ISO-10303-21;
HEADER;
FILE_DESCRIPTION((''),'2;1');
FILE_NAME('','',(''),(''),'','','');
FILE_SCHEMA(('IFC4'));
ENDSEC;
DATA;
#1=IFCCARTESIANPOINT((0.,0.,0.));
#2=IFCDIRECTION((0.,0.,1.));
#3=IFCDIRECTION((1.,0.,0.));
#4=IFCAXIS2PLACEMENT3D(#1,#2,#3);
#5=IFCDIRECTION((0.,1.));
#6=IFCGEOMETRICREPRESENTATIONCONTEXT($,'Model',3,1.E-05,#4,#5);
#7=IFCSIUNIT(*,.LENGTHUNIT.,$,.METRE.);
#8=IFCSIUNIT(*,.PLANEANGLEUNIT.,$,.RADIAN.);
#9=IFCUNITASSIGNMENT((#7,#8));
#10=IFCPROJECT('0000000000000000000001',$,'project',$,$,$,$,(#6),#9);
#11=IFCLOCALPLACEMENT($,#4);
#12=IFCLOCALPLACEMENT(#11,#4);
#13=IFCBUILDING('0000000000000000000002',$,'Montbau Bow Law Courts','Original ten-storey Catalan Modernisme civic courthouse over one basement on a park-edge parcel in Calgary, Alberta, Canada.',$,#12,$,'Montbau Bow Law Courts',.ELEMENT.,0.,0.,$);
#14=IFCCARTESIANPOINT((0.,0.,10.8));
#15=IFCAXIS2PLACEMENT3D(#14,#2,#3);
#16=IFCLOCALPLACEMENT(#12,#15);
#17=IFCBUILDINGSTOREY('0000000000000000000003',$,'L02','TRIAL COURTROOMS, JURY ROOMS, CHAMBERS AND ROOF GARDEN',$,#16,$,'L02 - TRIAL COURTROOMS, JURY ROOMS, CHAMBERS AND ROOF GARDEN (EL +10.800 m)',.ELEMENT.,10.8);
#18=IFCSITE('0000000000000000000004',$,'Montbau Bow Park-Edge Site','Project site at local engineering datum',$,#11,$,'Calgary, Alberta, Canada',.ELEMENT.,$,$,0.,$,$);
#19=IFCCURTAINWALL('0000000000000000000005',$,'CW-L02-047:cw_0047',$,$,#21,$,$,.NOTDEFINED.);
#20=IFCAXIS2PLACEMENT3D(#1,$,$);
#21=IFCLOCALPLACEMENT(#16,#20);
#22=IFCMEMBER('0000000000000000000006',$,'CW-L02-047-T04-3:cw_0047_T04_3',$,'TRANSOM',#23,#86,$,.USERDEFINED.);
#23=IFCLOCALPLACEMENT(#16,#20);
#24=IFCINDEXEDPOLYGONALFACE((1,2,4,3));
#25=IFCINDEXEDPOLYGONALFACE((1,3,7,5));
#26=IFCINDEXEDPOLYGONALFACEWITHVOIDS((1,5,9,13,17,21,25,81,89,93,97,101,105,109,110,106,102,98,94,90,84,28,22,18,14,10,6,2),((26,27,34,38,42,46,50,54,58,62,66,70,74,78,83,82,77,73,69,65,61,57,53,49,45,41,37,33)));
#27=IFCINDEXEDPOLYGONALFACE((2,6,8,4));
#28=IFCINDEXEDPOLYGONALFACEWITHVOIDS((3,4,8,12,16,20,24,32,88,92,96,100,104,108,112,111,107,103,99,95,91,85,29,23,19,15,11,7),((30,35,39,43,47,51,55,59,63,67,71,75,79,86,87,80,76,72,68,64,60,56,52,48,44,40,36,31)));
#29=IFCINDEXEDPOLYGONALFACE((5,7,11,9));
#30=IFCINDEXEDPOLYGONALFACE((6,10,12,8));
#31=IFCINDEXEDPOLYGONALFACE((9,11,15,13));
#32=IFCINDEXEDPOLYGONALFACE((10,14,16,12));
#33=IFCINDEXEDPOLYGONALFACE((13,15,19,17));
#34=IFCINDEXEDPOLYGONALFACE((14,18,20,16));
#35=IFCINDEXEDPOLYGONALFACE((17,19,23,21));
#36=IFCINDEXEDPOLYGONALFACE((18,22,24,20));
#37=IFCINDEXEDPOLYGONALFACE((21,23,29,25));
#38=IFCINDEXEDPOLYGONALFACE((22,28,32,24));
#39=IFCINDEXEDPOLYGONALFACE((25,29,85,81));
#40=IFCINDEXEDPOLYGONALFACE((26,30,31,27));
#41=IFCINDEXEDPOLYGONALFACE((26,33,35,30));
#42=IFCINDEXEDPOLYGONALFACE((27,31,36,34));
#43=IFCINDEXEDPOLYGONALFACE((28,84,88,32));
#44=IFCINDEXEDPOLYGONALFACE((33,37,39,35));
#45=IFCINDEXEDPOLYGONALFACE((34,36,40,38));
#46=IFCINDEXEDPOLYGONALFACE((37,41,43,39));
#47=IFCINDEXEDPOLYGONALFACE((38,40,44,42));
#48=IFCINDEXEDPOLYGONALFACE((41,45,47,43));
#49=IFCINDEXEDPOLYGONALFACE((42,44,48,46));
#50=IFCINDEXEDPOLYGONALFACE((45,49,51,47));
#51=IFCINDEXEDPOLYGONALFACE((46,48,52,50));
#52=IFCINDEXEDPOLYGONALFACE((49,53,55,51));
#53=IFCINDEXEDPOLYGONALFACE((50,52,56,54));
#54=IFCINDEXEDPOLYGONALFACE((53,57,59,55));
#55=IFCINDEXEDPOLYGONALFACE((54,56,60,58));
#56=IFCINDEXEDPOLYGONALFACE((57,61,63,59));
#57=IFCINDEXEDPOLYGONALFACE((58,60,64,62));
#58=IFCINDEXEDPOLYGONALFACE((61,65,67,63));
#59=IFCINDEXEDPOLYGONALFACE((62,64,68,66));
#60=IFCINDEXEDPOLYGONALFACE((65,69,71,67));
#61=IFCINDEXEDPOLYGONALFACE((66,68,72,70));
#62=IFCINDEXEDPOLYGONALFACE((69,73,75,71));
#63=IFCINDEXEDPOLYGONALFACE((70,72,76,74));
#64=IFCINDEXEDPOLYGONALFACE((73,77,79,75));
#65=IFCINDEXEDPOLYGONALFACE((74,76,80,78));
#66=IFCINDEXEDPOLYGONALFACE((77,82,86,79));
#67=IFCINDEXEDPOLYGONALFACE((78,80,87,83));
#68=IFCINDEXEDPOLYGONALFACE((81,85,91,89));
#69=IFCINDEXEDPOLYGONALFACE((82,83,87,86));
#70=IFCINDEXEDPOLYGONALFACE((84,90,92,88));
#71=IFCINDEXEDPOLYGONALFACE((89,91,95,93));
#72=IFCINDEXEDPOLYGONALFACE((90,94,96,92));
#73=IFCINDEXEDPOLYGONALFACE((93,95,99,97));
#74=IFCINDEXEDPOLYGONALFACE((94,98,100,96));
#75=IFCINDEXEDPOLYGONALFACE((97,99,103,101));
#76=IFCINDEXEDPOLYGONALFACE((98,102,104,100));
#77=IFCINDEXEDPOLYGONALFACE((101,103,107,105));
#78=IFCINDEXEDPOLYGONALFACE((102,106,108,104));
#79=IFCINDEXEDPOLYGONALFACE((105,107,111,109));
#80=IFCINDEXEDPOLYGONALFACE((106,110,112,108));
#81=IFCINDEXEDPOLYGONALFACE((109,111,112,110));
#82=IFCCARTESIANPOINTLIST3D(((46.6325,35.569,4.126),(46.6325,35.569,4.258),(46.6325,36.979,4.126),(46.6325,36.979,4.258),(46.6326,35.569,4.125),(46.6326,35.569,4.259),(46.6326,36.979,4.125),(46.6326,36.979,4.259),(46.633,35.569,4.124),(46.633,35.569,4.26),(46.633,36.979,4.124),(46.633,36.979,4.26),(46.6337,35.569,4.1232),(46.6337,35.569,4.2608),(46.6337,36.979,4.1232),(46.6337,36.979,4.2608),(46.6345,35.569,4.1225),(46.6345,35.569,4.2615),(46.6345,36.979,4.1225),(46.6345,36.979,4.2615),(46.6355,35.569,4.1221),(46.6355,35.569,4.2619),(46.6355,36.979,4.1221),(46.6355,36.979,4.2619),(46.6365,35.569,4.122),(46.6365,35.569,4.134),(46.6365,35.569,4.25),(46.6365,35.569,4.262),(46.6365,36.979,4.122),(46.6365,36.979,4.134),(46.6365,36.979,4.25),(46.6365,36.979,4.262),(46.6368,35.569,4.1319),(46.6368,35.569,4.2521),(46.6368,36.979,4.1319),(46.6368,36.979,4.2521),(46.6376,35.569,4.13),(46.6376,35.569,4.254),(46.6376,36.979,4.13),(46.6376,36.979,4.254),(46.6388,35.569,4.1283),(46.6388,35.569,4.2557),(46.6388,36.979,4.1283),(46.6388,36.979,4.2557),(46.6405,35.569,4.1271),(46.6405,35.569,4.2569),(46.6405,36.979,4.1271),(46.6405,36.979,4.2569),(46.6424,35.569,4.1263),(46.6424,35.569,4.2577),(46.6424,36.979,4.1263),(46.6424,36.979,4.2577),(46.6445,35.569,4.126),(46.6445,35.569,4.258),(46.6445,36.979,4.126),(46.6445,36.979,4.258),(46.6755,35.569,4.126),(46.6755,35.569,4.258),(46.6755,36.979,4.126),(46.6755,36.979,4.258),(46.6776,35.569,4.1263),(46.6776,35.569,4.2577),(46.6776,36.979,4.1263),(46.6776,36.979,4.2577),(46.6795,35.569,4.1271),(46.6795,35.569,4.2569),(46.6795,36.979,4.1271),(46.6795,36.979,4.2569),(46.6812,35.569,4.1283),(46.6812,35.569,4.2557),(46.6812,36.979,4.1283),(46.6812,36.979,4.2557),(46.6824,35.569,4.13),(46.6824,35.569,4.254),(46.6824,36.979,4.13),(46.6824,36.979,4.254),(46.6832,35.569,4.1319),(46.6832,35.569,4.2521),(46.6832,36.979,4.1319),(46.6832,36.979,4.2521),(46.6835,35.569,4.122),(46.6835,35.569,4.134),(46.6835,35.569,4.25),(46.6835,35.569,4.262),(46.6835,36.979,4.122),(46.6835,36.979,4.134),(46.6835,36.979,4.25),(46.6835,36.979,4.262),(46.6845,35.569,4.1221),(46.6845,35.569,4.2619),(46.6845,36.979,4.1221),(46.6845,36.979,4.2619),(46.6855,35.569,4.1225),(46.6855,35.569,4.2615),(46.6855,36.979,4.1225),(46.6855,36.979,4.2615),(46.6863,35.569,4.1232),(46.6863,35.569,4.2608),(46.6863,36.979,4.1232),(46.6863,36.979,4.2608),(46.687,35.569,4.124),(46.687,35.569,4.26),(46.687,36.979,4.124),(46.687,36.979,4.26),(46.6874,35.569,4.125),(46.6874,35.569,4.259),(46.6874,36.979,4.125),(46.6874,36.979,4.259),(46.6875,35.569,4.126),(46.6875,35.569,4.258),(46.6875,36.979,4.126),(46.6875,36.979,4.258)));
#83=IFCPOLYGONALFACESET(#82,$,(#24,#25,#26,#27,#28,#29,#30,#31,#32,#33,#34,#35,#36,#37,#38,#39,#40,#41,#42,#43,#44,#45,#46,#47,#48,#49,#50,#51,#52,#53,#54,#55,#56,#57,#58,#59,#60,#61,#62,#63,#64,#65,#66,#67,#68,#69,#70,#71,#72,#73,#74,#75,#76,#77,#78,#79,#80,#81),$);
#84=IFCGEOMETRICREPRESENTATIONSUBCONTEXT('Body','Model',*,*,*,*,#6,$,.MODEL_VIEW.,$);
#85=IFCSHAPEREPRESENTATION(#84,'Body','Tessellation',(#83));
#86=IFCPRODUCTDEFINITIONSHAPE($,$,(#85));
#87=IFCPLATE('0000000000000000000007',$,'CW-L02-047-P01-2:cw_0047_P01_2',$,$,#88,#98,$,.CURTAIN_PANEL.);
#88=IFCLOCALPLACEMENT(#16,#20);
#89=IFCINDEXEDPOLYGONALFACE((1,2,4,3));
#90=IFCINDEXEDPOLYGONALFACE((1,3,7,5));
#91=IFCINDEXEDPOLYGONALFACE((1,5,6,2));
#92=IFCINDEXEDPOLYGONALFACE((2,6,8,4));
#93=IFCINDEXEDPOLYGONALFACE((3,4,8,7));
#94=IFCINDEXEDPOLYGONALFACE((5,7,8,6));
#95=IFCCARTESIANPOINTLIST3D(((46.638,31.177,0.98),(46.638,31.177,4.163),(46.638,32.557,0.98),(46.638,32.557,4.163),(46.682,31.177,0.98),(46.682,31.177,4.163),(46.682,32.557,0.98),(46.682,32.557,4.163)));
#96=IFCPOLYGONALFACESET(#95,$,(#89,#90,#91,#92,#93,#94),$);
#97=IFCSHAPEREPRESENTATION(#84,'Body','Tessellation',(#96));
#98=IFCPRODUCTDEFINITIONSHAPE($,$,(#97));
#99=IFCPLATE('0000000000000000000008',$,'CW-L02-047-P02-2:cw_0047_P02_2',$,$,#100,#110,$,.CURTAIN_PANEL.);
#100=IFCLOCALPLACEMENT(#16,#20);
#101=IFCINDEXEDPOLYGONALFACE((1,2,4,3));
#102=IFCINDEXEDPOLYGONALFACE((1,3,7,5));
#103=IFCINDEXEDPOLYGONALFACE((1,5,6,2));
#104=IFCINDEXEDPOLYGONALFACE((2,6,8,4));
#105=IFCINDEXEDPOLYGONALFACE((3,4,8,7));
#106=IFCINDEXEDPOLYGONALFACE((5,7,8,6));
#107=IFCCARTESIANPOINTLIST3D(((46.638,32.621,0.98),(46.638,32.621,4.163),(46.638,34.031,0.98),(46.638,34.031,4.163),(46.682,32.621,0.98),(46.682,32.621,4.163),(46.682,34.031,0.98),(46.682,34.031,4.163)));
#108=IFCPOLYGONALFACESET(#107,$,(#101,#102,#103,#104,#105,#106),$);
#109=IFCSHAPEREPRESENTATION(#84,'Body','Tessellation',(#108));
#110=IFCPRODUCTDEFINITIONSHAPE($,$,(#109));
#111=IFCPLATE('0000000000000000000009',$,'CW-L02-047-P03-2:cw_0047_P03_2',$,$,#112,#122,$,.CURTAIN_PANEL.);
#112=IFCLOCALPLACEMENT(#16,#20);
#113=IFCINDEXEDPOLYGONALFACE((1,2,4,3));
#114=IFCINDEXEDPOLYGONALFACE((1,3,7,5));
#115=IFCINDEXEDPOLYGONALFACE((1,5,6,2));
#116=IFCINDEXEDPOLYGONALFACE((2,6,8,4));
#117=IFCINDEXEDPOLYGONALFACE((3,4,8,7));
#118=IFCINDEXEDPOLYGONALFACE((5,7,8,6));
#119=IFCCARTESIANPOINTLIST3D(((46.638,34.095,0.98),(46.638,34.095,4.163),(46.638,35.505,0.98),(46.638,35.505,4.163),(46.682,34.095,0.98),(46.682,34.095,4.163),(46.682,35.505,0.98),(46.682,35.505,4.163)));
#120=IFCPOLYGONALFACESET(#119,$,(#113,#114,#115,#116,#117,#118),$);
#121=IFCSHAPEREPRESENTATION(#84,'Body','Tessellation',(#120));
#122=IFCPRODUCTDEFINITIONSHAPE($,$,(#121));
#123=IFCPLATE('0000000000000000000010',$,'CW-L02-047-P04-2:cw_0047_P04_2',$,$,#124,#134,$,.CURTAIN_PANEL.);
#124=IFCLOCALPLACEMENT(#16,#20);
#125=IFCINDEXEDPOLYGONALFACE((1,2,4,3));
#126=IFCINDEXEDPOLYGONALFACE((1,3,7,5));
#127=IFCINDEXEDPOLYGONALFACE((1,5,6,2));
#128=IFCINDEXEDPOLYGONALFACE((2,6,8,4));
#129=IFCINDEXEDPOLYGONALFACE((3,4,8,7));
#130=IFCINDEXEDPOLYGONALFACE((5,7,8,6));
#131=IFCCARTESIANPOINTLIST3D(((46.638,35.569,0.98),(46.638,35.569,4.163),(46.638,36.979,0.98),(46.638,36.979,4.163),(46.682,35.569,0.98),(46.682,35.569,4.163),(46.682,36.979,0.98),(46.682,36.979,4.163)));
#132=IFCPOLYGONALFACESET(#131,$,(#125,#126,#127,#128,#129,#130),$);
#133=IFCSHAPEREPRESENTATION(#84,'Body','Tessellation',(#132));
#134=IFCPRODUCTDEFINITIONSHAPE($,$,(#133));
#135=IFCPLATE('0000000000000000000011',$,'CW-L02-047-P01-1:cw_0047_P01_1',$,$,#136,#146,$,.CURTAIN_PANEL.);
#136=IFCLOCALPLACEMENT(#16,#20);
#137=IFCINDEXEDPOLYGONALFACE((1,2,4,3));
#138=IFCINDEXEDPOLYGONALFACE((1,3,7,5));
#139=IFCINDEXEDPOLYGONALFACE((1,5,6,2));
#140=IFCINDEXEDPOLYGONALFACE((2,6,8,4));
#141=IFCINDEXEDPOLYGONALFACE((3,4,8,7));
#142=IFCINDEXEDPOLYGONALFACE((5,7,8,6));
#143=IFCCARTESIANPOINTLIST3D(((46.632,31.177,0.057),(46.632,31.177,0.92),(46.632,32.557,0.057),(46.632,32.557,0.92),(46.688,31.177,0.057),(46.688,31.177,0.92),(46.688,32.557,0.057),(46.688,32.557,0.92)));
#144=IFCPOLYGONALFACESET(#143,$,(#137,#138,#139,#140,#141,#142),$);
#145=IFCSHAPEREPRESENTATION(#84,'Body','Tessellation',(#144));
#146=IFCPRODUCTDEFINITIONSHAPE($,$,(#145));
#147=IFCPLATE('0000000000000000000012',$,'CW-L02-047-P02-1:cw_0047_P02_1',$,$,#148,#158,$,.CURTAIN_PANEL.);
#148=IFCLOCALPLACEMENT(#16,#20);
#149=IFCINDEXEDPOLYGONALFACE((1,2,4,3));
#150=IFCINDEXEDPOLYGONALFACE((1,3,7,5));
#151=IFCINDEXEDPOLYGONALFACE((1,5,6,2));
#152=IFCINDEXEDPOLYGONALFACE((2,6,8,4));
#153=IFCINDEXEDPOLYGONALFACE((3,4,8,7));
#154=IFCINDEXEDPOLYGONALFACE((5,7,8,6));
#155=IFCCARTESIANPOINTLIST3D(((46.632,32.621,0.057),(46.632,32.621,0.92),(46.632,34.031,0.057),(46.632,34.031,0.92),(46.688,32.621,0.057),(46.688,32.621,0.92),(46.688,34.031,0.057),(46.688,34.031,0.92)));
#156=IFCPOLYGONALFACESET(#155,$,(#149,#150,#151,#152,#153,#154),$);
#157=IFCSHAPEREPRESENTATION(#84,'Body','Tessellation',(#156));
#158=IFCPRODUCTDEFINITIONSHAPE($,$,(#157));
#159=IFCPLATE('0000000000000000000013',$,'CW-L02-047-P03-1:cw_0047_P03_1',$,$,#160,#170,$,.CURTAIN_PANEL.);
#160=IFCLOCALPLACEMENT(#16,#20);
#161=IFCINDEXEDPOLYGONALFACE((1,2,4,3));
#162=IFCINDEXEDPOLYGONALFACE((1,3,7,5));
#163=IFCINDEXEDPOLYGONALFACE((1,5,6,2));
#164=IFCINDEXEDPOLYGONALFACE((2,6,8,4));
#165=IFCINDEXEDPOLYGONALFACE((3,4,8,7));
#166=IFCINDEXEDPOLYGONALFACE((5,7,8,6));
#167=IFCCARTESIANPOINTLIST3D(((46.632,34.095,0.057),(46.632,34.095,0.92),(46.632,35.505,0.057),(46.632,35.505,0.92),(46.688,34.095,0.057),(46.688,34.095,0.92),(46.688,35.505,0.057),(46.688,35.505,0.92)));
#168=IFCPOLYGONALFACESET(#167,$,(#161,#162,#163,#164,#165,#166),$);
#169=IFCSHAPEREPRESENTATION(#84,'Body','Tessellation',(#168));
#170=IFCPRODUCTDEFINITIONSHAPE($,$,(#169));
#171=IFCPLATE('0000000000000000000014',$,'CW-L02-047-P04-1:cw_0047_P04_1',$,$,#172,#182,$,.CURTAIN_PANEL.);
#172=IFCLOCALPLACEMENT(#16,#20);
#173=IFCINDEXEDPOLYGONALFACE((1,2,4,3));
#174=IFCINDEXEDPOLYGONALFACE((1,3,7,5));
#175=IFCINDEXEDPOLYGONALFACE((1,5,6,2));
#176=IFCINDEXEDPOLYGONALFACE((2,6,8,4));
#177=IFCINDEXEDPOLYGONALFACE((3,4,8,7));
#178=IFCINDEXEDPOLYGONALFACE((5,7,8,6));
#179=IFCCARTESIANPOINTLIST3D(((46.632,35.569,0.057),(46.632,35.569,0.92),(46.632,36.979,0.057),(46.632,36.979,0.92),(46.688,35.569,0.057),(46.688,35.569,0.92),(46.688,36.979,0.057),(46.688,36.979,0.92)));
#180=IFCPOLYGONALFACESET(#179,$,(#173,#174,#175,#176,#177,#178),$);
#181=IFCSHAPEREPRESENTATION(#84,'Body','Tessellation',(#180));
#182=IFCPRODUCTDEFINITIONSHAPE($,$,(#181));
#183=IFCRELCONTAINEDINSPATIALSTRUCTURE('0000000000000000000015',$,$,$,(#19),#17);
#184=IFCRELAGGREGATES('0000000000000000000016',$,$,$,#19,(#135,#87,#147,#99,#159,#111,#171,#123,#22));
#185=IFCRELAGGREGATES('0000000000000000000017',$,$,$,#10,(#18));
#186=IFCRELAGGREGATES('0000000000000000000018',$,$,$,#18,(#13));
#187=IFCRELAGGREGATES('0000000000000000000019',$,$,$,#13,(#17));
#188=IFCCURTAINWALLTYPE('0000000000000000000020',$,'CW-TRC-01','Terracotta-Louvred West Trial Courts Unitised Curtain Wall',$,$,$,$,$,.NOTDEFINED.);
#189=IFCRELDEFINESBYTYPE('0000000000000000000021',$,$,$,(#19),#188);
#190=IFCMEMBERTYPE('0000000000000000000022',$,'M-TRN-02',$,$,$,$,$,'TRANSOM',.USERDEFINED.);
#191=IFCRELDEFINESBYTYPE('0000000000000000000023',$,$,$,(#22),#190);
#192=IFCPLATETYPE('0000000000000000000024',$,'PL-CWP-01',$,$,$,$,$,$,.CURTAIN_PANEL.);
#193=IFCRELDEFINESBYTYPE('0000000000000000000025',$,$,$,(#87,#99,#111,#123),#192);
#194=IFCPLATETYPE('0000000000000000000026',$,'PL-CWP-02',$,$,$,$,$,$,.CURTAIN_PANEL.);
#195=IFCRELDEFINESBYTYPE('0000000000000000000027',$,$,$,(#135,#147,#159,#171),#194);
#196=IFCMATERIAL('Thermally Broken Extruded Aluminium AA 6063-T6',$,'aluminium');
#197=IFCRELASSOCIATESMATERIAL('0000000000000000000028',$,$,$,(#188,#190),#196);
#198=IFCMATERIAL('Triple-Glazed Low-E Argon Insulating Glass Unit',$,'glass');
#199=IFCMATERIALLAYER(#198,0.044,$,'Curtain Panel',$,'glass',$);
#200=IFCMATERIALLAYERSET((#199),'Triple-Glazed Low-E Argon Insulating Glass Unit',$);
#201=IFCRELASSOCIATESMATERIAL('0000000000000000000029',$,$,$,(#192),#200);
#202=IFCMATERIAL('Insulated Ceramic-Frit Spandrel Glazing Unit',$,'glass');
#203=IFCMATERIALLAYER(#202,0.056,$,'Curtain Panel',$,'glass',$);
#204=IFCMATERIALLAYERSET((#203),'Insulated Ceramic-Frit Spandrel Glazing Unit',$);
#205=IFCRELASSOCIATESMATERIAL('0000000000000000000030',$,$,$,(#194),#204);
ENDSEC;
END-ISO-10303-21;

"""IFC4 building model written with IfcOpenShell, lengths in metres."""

from ifc_helpers import new_model, si_unit, direction, frame, frame_2d, origin_with_axes, origin_2d_with_axis, place, context, subcontext, project, spatial, rectangle, hollow_rectangle, extrude, material, layer, layer_set, material_profile, profile_set, type_object, element, aggregate, save


model = new_model("IFC4")

# Units and contexts
model_context = context("Model", 3, precision=1e-05, world=origin_with_axes(), true_north=direction((0.0, 1.0)))
body_context = subcontext(model_context, "Body", "Model", "MODEL_VIEW")
ifc_project = project(units=[si_unit("LENGTHUNIT", "METRE"), si_unit("PLANEANGLEUNIT", "RADIAN")], contexts=[model_context])

# Site, building, storey
site_placement = place(None, origin_with_axes())
site = spatial("IfcSite", under=ifc_project, at=site_placement, Name="Montbau Bow Park-Edge Site", Description="Project site at local engineering datum", LongName="Calgary, Alberta, Canada", CompositionType="ELEMENT", RefElevation=0.0)
building_placement = place(site_placement, origin_with_axes())
building = spatial("IfcBuilding", under=site, at=building_placement, Name="Montbau Bow Law Courts", Description="Original ten-storey Catalan Modernisme civic courthouse over one basement on a park-edge parcel in Calgary, Alberta, Canada.", LongName="Montbau Bow Law Courts", CompositionType="ELEMENT", ElevationOfRefHeight=0.0, ElevationOfTerrain=0.0)
storey_placement = place(building_placement, frame((0.0, 0.0, 10.8), z_axis=(0.0, 0.0, 1.0), x_axis=(1.0, 0.0, 0.0)))
storey = spatial("IfcBuildingStorey", under=building, at=storey_placement, Name="L02", Description="TRIAL COURTROOMS, JURY ROOMS, CHAMBERS AND ROOF GARDEN", LongName="L02 - TRIAL COURTROOMS, JURY ROOMS, CHAMBERS AND ROOF GARDEN (EL +10.800 m)", CompositionType="ELEMENT", Elevation=10.8)

# Shared definitions
ifc_material_1 = material(Name="Thermally Broken Extruded Aluminium AA 6063-T6", Category="aluminium")
curtain_wall_type = type_object("IfcCurtainWallType", Name="CW-TRC-01", Description="Terracotta-Louvred West Trial Courts Unitised Curtain Wall", PredefinedType="NOTDEFINED", material=ifc_material_1)

# Curtain wall, member, plates
curtain_wall_1_placement = place(None, frame((46.66, 31.115, 10.8), z_axis=(0.0, 0.0, 1.0), x_axis=(1.0, 0.0, 0.0)))
curtain_wall_1 = element("IfcCurtainWall", 1, at=curtain_wall_1_placement, inside=storey, type_object=curtain_wall_type, Name="CW-L02-047:cw_0047", PredefinedType="NOTDEFINED")
ifc_material_profile_1 = material_profile(ifc_material_1, hollow_rectangle(XDim=0.055, YDim=0.14, WallThickness=0.004, InnerFilletRadius=0.008, OuterFilletRadius=0.004, at=origin_2d_with_axis()), Name="CWT-140X55", Category="Main", Priority=0)
ifc_profile_set_1 = profile_set([ifc_material_profile_1], Name="Thermally Broken Extruded Aluminium AA 6063-T6")
member_type_1 = type_object("IfcMemberType", Name="M-TRN-02", ElementType="TRANSOM", PredefinedType="USERDEFINED", material=ifc_profile_set_1)
member_1_placement = place(None, frame((46.66, 35.569, 14.992), z_axis=(0.0, 1.0, 0.0), x_axis=(-1.0, 0.0, 0.0)))
member_1 = element("IfcMember", 2, at=member_1_placement, type_object=member_type_1, Name="CW-L02-047-T04-3:cw_0047_T04_3", ObjectType="TRANSOM", PredefinedType="USERDEFINED", context=body_context, shape_type="SweptSolid", body=[
    extrude(hollow_rectangle(XDim=0.055, YDim=0.14, WallThickness=0.004, InnerFilletRadius=0.008, OuterFilletRadius=0.004, at=origin_2d_with_axis()), origin_with_axes(), (0.0, 0.0, 1.0), 1.41),
])
ifc_material_2 = material(Name="Triple-Glazed Low-E Argon Insulating Glass Unit", Category="glass")
ifc_layer_1 = layer(ifc_material_2, 0.044, Name="Curtain Panel", Category="glass")
ifc_layer_set_1 = layer_set([ifc_layer_1], Name="Triple-Glazed Low-E Argon Insulating Glass Unit")
plate_type_1 = type_object("IfcPlateType", Name="PL-CWP-01", PredefinedType="CURTAIN_PANEL", material=ifc_layer_set_1)
plate_1_placement = place(None, frame((46.66, 31.177, 11.78), z_axis=(1.0, 0.0, 0.0), x_axis=(0.0, 1.0, 0.0)))
plate_1 = element("IfcPlate", 3, at=plate_1_placement, type_object=plate_type_1, Name="CW-L02-047-P01-2:cw_0047_P01_2", PredefinedType="CURTAIN_PANEL", context=body_context, shape_type="SweptSolid", body=[
    extrude(rectangle(XDim=1.38, YDim=3.183, at=frame_2d((0.69, 1.5915), x_axis=(1.0, 0.0))), frame((0.0, 0.0, -0.022), z_axis=(0.0, 0.0, 1.0), x_axis=(1.0, 0.0, 0.0)), (0.0, 0.0, 1.0), 0.044),
])
plate_2_placement = place(None, frame((46.66, 32.621, 11.78), z_axis=(1.0, 0.0, 0.0), x_axis=(0.0, 1.0, 0.0)))
plate_2 = element("IfcPlate", 4, at=plate_2_placement, type_object=plate_type_1, Name="CW-L02-047-P02-2:cw_0047_P02_2", PredefinedType="CURTAIN_PANEL", context=body_context, shape_type="SweptSolid", body=[
    extrude(rectangle(XDim=1.41, YDim=3.183, at=frame_2d((0.705, 1.5915), x_axis=(1.0, 0.0))), frame((0.0, 0.0, -0.022), z_axis=(0.0, 0.0, 1.0), x_axis=(1.0, 0.0, 0.0)), (0.0, 0.0, 1.0), 0.044),
])
plate_3_placement = place(None, frame((46.66, 34.095, 11.78), z_axis=(1.0, 0.0, 0.0), x_axis=(0.0, 1.0, 0.0)))
plate_3 = element("IfcPlate", 5, at=plate_3_placement, type_object=plate_type_1, Name="CW-L02-047-P03-2:cw_0047_P03_2", PredefinedType="CURTAIN_PANEL", context=body_context, shape_type="SweptSolid", body=[
    extrude(rectangle(XDim=1.41, YDim=3.183, at=frame_2d((0.705, 1.5915), x_axis=(1.0, 0.0))), frame((0.0, 0.0, -0.022), z_axis=(0.0, 0.0, 1.0), x_axis=(1.0, 0.0, 0.0)), (0.0, 0.0, 1.0), 0.044),
])
plate_4_placement = place(None, frame((46.66, 35.569, 11.78), z_axis=(1.0, 0.0, 0.0), x_axis=(0.0, 1.0, 0.0)))
plate_4 = element("IfcPlate", 6, at=plate_4_placement, type_object=plate_type_1, Name="CW-L02-047-P04-2:cw_0047_P04_2", PredefinedType="CURTAIN_PANEL", context=body_context, shape_type="SweptSolid", body=[
    extrude(rectangle(XDim=1.41, YDim=3.183, at=frame_2d((0.705, 1.5915), x_axis=(1.0, 0.0))), frame((0.0, 0.0, -0.022), z_axis=(0.0, 0.0, 1.0), x_axis=(1.0, 0.0, 0.0)), (0.0, 0.0, 1.0), 0.044),
])
ifc_material_3 = material(Name="Insulated Ceramic-Frit Spandrel Glazing Unit", Category="glass")
ifc_layer_2 = layer(ifc_material_3, 0.056, Name="Curtain Panel", Category="glass")
ifc_layer_set_2 = layer_set([ifc_layer_2], Name="Insulated Ceramic-Frit Spandrel Glazing Unit")
plate_type_2 = type_object("IfcPlateType", Name="PL-CWP-02", PredefinedType="CURTAIN_PANEL", material=ifc_layer_set_2)
plate_5_placement = place(None, frame((46.66, 31.177, 10.857), z_axis=(1.0, 0.0, 0.0), x_axis=(0.0, 1.0, 0.0)))
plate_5 = element("IfcPlate", 7, at=plate_5_placement, type_object=plate_type_2, Name="CW-L02-047-P01-1:cw_0047_P01_1", PredefinedType="CURTAIN_PANEL", context=body_context, shape_type="SweptSolid", body=[
    extrude(rectangle(XDim=1.38, YDim=0.863, at=frame_2d((0.69, 0.4315), x_axis=(1.0, 0.0))), frame((0.0, 0.0, -0.028), z_axis=(0.0, 0.0, 1.0), x_axis=(1.0, 0.0, 0.0)), (0.0, 0.0, 1.0), 0.056),
])
plate_6_placement = place(None, frame((46.66, 32.621, 10.857), z_axis=(1.0, 0.0, 0.0), x_axis=(0.0, 1.0, 0.0)))
plate_6 = element("IfcPlate", 8, at=plate_6_placement, type_object=plate_type_2, Name="CW-L02-047-P02-1:cw_0047_P02_1", PredefinedType="CURTAIN_PANEL", context=body_context, shape_type="SweptSolid", body=[
    extrude(rectangle(XDim=1.41, YDim=0.863, at=frame_2d((0.705, 0.4315), x_axis=(1.0, 0.0))), frame((0.0, 0.0, -0.028), z_axis=(0.0, 0.0, 1.0), x_axis=(1.0, 0.0, 0.0)), (0.0, 0.0, 1.0), 0.056),
])
plate_7_placement = place(None, frame((46.66, 34.095, 10.857), z_axis=(1.0, 0.0, 0.0), x_axis=(0.0, 1.0, 0.0)))
plate_7 = element("IfcPlate", 9, at=plate_7_placement, type_object=plate_type_2, Name="CW-L02-047-P03-1:cw_0047_P03_1", PredefinedType="CURTAIN_PANEL", context=body_context, shape_type="SweptSolid", body=[
    extrude(rectangle(XDim=1.41, YDim=0.863, at=frame_2d((0.705, 0.4315), x_axis=(1.0, 0.0))), frame((0.0, 0.0, -0.028), z_axis=(0.0, 0.0, 1.0), x_axis=(1.0, 0.0, 0.0)), (0.0, 0.0, 1.0), 0.056),
])
plate_8_placement = place(None, frame((46.66, 35.569, 10.857), z_axis=(1.0, 0.0, 0.0), x_axis=(0.0, 1.0, 0.0)))
plate_8 = element("IfcPlate", 10, at=plate_8_placement, type_object=plate_type_2, Name="CW-L02-047-P04-1:cw_0047_P04_1", PredefinedType="CURTAIN_PANEL", context=body_context, shape_type="SweptSolid", body=[
    extrude(rectangle(XDim=1.41, YDim=0.863, at=frame_2d((0.705, 0.4315), x_axis=(1.0, 0.0))), frame((0.0, 0.0, -0.028), z_axis=(0.0, 0.0, 1.0), x_axis=(1.0, 0.0, 0.0)), (0.0, 0.0, 1.0), 0.056),
])
aggregate(curtain_wall_1, [plate_5, plate_1, plate_6, plate_2, plate_7, plate_3, plate_8, plate_4, member_1])

save(model, "model.ifc")
